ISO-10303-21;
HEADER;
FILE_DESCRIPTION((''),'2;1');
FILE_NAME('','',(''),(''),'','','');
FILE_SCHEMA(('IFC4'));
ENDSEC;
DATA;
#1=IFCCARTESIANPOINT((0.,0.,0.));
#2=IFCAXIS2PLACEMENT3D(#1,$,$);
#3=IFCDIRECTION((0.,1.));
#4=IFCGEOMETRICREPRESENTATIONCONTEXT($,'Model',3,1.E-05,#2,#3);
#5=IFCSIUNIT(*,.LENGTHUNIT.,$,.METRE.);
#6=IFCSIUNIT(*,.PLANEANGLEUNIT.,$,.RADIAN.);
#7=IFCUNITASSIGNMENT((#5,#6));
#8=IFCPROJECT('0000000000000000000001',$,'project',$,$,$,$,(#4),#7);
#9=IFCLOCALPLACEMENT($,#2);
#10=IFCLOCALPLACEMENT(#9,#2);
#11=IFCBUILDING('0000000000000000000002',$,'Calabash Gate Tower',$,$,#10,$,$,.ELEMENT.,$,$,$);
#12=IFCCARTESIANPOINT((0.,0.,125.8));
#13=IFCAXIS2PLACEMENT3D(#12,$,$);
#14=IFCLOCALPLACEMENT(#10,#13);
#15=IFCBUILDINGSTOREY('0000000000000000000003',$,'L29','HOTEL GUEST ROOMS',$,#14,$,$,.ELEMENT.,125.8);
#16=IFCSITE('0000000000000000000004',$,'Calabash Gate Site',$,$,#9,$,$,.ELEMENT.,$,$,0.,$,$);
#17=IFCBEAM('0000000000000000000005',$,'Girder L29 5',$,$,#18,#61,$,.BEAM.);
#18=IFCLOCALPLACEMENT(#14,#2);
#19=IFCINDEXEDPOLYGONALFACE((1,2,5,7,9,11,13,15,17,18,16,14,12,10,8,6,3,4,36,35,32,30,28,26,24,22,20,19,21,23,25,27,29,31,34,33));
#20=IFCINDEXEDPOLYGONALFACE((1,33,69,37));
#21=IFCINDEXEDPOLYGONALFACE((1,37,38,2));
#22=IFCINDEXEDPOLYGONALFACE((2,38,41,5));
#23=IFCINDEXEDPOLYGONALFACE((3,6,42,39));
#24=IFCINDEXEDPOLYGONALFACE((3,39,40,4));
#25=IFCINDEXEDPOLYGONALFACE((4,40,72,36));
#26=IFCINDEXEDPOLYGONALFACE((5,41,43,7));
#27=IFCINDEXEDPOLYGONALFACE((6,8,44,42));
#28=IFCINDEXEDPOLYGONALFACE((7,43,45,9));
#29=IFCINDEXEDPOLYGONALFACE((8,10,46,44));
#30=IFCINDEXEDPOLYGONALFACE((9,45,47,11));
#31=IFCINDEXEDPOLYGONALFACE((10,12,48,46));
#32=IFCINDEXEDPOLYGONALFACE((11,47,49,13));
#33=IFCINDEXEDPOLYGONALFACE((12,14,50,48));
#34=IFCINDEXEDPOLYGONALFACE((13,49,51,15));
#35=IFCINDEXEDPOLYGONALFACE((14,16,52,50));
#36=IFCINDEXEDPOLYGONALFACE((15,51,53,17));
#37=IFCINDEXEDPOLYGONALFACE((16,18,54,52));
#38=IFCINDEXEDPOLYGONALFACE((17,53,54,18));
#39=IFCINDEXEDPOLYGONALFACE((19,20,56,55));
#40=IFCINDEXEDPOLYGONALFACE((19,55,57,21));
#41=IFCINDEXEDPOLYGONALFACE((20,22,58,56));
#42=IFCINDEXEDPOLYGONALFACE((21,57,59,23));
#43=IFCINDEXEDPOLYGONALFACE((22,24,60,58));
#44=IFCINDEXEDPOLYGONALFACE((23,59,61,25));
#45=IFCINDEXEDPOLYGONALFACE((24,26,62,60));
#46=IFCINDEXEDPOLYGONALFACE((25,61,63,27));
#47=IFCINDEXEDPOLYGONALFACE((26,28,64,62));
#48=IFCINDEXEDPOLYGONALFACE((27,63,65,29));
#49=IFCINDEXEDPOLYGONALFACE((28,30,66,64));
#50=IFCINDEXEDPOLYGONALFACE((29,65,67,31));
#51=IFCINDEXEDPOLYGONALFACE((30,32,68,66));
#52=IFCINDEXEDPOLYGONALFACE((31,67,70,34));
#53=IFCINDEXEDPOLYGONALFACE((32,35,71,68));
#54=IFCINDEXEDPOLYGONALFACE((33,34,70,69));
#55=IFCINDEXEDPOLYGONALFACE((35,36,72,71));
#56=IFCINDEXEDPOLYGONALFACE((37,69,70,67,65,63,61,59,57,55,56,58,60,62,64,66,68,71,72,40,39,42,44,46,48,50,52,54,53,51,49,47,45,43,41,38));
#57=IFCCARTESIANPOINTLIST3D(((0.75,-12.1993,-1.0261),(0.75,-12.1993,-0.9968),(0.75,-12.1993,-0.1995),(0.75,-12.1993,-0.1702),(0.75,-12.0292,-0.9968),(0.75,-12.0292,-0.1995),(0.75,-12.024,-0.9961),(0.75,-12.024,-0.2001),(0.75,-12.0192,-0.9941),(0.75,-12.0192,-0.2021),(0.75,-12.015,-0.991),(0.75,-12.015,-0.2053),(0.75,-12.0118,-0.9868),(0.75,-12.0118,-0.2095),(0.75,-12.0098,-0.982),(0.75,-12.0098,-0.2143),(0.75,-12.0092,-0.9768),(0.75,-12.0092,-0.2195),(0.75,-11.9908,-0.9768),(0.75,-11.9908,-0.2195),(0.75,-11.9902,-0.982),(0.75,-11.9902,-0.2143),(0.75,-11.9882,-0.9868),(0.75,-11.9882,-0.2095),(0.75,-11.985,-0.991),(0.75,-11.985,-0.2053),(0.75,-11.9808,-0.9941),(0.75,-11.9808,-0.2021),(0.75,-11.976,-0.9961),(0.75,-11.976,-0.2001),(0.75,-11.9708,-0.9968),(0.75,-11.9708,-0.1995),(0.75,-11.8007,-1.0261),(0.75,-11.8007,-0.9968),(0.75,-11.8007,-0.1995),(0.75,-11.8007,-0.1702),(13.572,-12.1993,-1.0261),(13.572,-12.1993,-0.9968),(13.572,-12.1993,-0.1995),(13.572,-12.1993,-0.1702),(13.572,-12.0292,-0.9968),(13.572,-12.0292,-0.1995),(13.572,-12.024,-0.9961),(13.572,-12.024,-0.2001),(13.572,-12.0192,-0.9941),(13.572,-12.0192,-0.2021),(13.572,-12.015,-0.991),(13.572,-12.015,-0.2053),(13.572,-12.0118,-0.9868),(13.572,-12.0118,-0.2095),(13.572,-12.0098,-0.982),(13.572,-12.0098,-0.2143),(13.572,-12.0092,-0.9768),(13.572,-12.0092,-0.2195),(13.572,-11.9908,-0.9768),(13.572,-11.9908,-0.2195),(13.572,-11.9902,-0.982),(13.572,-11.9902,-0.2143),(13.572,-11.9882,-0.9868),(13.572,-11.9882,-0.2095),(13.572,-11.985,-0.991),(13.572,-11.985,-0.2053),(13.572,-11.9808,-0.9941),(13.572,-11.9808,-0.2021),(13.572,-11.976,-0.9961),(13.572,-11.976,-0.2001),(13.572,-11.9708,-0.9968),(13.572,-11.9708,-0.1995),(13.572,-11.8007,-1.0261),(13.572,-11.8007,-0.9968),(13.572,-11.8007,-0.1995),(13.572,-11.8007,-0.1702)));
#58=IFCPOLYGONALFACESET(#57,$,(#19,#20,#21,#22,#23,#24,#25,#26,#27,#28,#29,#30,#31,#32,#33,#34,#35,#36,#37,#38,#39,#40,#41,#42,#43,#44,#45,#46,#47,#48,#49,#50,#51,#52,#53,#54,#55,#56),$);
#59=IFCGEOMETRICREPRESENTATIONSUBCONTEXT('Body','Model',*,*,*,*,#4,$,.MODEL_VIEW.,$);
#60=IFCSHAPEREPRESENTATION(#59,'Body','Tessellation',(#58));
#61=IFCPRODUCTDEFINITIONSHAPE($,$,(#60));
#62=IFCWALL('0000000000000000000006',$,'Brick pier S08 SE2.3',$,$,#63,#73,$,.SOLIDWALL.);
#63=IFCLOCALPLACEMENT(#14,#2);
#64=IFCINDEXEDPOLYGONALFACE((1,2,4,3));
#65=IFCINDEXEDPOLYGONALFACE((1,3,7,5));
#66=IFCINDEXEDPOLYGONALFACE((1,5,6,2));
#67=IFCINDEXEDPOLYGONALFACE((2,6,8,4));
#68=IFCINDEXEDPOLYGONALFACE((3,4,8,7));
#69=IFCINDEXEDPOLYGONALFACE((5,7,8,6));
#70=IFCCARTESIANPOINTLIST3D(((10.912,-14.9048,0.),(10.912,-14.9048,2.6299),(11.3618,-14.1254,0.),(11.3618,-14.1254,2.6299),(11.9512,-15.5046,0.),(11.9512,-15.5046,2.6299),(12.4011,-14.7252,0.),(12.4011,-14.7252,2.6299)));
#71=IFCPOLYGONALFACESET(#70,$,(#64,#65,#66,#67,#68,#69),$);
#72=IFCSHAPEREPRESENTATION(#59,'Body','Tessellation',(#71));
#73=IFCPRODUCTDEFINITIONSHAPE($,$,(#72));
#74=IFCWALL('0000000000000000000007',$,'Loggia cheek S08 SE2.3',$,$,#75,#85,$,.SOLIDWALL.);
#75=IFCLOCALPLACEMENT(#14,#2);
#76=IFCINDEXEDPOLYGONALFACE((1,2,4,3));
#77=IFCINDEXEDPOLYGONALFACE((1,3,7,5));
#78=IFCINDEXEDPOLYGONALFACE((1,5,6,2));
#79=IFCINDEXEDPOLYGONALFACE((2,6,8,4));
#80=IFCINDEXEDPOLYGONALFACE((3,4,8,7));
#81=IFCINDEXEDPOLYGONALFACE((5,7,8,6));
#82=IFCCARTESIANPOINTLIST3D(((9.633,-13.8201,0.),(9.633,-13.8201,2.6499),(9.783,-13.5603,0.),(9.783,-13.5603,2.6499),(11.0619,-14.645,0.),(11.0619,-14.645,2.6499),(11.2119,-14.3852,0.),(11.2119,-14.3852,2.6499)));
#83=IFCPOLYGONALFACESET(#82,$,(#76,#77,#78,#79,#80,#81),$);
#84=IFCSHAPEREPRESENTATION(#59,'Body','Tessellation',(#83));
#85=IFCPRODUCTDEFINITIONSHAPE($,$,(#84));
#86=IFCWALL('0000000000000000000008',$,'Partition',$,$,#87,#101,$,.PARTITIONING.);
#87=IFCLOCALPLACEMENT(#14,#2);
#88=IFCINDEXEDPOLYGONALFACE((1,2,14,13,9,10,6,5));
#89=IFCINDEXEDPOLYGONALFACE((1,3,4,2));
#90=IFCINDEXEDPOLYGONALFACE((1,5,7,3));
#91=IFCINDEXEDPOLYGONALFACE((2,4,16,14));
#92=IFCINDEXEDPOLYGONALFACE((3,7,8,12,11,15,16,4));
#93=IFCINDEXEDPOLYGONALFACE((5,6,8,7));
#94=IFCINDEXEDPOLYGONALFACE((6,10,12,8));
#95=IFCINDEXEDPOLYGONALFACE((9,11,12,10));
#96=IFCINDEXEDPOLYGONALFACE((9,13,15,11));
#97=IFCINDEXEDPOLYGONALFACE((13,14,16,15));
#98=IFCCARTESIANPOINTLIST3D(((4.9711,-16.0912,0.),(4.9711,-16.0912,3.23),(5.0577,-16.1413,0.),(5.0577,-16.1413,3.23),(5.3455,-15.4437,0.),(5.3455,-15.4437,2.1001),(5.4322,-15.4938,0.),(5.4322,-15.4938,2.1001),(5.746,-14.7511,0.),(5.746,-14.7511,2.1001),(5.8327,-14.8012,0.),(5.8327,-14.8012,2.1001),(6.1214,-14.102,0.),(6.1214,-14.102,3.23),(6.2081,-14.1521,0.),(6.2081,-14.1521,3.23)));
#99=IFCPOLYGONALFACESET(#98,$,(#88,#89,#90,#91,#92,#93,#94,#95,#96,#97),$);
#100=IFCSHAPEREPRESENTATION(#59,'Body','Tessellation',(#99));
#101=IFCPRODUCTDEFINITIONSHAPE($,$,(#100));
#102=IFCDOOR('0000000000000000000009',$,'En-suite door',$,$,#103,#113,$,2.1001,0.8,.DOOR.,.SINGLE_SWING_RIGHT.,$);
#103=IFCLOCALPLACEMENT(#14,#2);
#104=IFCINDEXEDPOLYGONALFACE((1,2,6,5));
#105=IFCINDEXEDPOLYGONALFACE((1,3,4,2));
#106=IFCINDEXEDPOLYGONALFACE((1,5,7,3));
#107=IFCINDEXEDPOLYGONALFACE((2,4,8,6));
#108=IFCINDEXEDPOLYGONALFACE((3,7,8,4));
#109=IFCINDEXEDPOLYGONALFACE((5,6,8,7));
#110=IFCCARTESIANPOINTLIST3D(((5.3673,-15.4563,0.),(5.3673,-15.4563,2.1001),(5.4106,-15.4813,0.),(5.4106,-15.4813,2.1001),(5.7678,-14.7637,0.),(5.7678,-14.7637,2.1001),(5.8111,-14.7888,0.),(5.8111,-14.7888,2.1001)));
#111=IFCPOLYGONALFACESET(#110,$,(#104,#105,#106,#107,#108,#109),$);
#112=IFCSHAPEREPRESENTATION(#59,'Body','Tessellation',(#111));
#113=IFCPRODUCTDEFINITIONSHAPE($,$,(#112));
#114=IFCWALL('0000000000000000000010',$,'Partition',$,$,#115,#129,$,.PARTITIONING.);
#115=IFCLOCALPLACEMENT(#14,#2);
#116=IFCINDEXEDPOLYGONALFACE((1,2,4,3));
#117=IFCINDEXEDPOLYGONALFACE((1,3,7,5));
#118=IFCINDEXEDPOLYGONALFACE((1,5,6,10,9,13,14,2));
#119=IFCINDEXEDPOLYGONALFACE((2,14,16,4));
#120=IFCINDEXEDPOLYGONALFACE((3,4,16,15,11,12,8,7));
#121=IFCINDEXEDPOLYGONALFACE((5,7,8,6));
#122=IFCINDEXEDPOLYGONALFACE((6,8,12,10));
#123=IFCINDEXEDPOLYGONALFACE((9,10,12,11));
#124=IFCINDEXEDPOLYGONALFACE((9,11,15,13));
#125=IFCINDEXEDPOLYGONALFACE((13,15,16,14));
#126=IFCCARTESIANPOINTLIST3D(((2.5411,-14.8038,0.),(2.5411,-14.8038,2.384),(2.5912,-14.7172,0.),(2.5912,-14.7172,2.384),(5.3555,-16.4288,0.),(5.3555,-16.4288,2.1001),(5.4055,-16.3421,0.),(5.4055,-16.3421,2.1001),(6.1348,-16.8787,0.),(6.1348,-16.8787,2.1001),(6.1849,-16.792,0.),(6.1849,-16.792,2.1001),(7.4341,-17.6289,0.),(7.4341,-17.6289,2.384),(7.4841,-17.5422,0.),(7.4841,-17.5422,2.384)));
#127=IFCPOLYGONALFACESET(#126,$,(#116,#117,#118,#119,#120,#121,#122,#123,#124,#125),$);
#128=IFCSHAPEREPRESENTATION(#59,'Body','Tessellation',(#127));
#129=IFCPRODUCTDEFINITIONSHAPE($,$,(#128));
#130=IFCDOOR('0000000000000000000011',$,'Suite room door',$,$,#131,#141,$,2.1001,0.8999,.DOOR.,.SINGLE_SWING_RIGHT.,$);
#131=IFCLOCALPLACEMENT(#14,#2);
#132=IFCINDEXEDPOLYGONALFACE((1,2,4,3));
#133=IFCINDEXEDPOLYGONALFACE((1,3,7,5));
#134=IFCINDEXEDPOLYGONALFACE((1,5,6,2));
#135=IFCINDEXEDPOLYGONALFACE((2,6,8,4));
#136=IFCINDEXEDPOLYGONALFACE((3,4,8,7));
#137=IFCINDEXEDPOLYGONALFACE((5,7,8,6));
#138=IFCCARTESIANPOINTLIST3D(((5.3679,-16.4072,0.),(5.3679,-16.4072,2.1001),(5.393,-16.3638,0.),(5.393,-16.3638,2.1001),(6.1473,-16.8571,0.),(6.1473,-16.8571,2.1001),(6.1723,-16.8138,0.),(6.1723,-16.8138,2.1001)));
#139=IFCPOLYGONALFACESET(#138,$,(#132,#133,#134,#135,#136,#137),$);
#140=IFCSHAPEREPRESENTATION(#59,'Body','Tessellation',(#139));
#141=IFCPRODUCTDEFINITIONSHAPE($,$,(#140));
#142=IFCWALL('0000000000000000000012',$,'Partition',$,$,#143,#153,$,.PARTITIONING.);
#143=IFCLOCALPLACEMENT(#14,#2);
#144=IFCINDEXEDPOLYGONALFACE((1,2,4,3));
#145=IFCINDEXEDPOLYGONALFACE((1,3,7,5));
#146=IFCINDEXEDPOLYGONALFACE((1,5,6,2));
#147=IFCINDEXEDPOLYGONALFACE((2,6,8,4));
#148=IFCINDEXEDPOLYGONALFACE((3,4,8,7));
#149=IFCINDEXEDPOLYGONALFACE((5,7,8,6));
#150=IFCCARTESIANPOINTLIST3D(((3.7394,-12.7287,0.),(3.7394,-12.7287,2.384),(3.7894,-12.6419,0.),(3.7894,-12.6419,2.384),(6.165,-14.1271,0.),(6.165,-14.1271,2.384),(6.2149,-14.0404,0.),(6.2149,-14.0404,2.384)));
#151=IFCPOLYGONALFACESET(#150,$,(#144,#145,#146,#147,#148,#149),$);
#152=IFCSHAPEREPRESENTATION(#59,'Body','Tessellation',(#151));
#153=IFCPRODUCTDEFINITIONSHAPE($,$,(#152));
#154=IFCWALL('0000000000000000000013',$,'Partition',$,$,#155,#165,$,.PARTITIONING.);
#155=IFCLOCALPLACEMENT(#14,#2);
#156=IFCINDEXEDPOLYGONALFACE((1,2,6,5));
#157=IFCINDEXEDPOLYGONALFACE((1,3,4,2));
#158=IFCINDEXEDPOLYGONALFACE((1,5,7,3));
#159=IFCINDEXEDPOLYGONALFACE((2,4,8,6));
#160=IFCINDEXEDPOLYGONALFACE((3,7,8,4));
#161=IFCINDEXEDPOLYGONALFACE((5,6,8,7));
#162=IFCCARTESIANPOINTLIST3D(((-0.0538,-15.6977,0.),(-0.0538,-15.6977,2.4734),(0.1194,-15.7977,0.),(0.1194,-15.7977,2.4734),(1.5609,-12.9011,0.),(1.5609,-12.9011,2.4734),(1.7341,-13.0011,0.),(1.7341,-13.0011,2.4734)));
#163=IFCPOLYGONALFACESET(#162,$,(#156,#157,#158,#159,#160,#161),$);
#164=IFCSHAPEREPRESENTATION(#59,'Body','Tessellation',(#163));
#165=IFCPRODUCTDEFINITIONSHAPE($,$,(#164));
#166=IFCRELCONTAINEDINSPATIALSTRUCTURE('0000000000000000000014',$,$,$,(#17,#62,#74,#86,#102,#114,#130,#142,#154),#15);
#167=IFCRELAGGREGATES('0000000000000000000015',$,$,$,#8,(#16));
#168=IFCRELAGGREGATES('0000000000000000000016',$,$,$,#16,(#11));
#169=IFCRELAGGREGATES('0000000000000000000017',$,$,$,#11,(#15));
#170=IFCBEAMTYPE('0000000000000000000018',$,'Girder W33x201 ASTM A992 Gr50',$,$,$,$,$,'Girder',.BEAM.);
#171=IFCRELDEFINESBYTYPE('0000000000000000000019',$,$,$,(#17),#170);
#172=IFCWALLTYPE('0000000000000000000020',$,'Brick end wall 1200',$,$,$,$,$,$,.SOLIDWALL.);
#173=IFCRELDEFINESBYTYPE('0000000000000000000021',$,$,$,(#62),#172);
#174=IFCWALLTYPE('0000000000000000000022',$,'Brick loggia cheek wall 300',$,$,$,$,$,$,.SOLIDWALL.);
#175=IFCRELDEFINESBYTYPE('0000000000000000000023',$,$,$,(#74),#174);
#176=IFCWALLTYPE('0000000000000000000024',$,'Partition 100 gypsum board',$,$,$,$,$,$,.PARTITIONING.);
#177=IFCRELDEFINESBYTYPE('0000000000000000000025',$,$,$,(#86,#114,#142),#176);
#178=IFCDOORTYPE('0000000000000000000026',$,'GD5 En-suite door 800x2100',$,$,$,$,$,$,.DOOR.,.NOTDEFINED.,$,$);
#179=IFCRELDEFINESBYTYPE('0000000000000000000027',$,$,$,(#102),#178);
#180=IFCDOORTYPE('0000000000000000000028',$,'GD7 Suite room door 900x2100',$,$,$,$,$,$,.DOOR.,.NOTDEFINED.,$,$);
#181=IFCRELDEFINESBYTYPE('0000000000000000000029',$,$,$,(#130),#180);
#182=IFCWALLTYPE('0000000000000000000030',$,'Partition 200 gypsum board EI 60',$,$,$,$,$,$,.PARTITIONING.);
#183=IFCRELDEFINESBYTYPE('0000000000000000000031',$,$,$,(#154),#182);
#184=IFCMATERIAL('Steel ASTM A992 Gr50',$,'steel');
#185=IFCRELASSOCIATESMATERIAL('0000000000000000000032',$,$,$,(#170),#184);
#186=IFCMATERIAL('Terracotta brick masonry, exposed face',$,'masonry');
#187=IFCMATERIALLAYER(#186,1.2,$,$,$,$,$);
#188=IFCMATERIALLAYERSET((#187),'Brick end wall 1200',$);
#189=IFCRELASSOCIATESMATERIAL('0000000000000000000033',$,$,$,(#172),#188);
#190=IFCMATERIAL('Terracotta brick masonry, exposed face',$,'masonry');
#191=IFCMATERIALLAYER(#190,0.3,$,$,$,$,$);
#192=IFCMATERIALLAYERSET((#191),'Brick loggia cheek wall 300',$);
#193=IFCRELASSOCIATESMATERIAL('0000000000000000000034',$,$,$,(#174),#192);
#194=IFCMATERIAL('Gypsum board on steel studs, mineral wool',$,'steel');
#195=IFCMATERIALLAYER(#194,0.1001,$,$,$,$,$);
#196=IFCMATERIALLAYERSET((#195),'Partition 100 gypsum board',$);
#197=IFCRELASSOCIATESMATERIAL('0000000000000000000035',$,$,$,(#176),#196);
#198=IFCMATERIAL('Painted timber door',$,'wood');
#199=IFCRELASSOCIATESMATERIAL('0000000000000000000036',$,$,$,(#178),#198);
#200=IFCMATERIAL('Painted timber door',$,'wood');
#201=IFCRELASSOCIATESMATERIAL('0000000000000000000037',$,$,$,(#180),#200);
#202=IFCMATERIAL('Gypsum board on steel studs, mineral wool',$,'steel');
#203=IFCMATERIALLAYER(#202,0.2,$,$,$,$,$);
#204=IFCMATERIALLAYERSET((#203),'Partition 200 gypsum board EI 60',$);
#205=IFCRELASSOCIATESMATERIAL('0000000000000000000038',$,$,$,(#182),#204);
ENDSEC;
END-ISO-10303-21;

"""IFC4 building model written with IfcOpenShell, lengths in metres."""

from ifc_helpers import new_model, si_unit, direction, frame, frame_2d, origin, origin_2d, place, context, subcontext, project, spatial, rectangle, i_section, extrude, material, layer, layer_set, material_profile, profile_set, type_object, element, fill, save


model = new_model("IFC4")

# Units and contexts
model_context = context("Model", 3, precision=1e-05, world=origin(), true_north=direction((0.0, 1.0)))
body_context = subcontext(model_context, "Body", "Model", "MODEL_VIEW")
ifc_project = project(units=[si_unit("LENGTHUNIT", "METRE"), si_unit("PLANEANGLEUNIT", "RADIAN")], contexts=[model_context])

# Site, building, storey
site_placement = place(None, origin())
site = spatial("IfcSite", under=ifc_project, at=site_placement, Name="Calabash Gate Site", CompositionType="ELEMENT", RefElevation=0.0)
building_placement = place(site_placement, origin())
building = spatial("IfcBuilding", under=site, at=building_placement, Name="Calabash Gate Tower", CompositionType="ELEMENT")
storey_placement = place(building_placement, frame((0.0, 0.0, 125.8)))
storey = spatial("IfcBuildingStorey", under=building, at=storey_placement, Name="L29", Description="HOTEL GUEST ROOMS", CompositionType="ELEMENT", Elevation=125.8)

# Beam
ifc_material_1 = material(Name="Steel ASTM A992 Gr50", Category="steel")
ifc_material_profile_1 = material_profile(ifc_material_1, i_section(OverallWidth=0.3987, OverallDepth=0.856, WebThickness=0.0183, FlangeThickness=0.0293, FilletRadius=0.02, at=origin_2d()))
ifc_profile_set_1 = profile_set([ifc_material_profile_1], Name="Steel ASTM A992 Gr50")
beam_type_1 = type_object("IfcBeamType", Name="Girder W33x201 ASTM A992 Gr50", ElementType="Girder", PredefinedType="BEAM", material=ifc_profile_set_1)
beam_1_placement = place(storey_placement, frame((0.75, -12.0, -0.5981), z_axis=(1.0, 0.0, 0.0), x_axis=(0.0, 1.0, 0.0)))
element("IfcBeam", 1, at=beam_1_placement, inside=storey, type_object=beam_type_1, Name="Girder L29 5", PredefinedType="BEAM", context=body_context, shape_type="SweptSolid", body=[
    extrude(i_section(OverallWidth=0.3987, OverallDepth=0.856, WebThickness=0.0183, FlangeThickness=0.0293, FilletRadius=0.02, at=origin_2d()), origin(), (0.0, 0.0, 1.0), 12.822),
])

# Walls
ifc_material_2 = material(Name="Terracotta brick masonry, exposed face", Category="masonry")
ifc_layer_1 = layer(ifc_material_2, 1.2)
ifc_layer_set_1 = layer_set([ifc_layer_1], Name="Brick end wall 1200")
wall_type_1 = type_object("IfcWallType", Name="Brick end wall 1200", PredefinedType="SOLIDWALL", material=ifc_layer_set_1)
wall_1_placement = place(storey_placement, frame((12.1763, -15.115, 0.0), z_axis=(0.0, 0.0, 1.0), x_axis=(-0.866094, 0.499881, 0.0)))
element("IfcWall", 2, at=wall_1_placement, inside=storey, type_object=wall_type_1, Name="Brick pier S08 SE2.3", PredefinedType="SOLIDWALL", context=body_context, shape_type="SweptSolid", body=[
    extrude(rectangle(XDim=1.2, YDim=0.8999, at=frame_2d((0.6001, 0.0))), origin(), (0.0, 0.0, 1.0), 2.6299),
])
ifc_material_3 = material(Name="Terracotta brick masonry, exposed face", Category="masonry")
ifc_layer_2 = layer(ifc_material_3, 0.3)
ifc_layer_set_2 = layer_set([ifc_layer_2], Name="Brick loggia cheek wall 300")
wall_type_2 = type_object("IfcWallType", Name="Brick loggia cheek wall 300", PredefinedType="SOLIDWALL", material=ifc_layer_set_2)
wall_2_placement = place(storey_placement, frame((9.708, -13.6902, 0.0), z_axis=(0.0, 0.0, 1.0), x_axis=(0.86604, -0.499974, 0.0)))
element("IfcWall", 3, at=wall_2_placement, inside=storey, type_object=wall_type_2, Name="Loggia cheek S08 SE2.3", PredefinedType="SOLIDWALL", context=body_context, shape_type="SweptSolid", body=[
    extrude(rectangle(XDim=1.6499, YDim=0.3, at=frame_2d((0.825, 0.0))), origin(), (0.0, 0.0, 1.0), 2.6499),
])

# Walls, openings, doors
ifc_material_4 = material(Name="Gypsum board on steel studs, mineral wool", Category="steel")
ifc_layer_3 = layer(ifc_material_4, 0.1001)
ifc_layer_set_3 = layer_set([ifc_layer_3], Name="Partition 100 gypsum board")
wall_type_3 = type_object("IfcWallType", Name="Partition 100 gypsum board", PredefinedType="PARTITIONING", material=ifc_layer_set_3)
wall_3_placement = place(storey_placement, frame((5.0144, -16.1162, 0.0), z_axis=(0.0, 0.0, 1.0), x_axis=(0.500617, 0.865669, 0.0)))
wall_3 = element("IfcWall", 4, at=wall_3_placement, inside=storey, type_object=wall_type_3, Name="Partition", PredefinedType="PARTITIONING", context=body_context, shape_type="SweptSolid", body=[
    extrude(rectangle(XDim=2.2979, YDim=0.1001, at=frame_2d((1.1489, 0.0))), origin(), (0.0, 0.0, 1.0), 3.23),
])
opening_1_placement = place(wall_3_placement, frame((0.748, 0.0, 0.0)))
opening_1 = element("IfcOpeningElement", 5, at=opening_1_placement, cuts=wall_3, PredefinedType="OPENING", context=body_context, shape_type="SweptSolid", body=[
    extrude(rectangle(XDim=0.8, YDim=2.1001, at=frame_2d((0.3999, 1.05))), frame((0.0, 0.0601, 0.0), z_axis=(0.0, -1.0, 0.0), x_axis=(1.0, 0.0, 0.0)), (0.0, 0.0, 1.0), 0.1201),
])
ifc_material_5 = material(Name="Painted timber door", Category="wood")
door_type_1 = type_object("IfcDoorType", Name="GD5 En-suite door 800x2100", OperationType="NOTDEFINED", PredefinedType="DOOR", material=ifc_material_5)
door_1_placement = place(opening_1_placement, origin())
door_1 = element("IfcDoor", 6, at=door_1_placement, inside=storey, type_object=door_type_1, Name="En-suite door", OperationType="SINGLE_SWING_RIGHT", OverallHeight=2.1001, OverallWidth=0.8, PredefinedType="DOOR", context=body_context, shape_type="SweptSolid", body=[
    extrude(rectangle(XDim=0.8, YDim=2.1001, at=frame_2d((0.3999, 1.05))), frame((0.0, 0.0249, 0.0), z_axis=(0.0, -1.0, 0.0), x_axis=(1.0, 0.0, 0.0)), (0.0, 0.0, 1.0), 0.05),
])
fill(opening_1, door_1)
wall_4_placement = place(storey_placement, frame((2.5662, -14.7605, 0.0), z_axis=(0.0, 0.0, 1.0), x_axis=(0.866019, -0.50001, 0.0)))
wall_4 = element("IfcWall", 7, at=wall_4_placement, inside=storey, type_object=wall_type_3, Name="Partition", PredefinedType="PARTITIONING", context=body_context, shape_type="SweptSolid", body=[
    extrude(rectangle(XDim=5.6499, YDim=0.1001, at=frame_2d((2.825, 0.0))), origin(), (0.0, 0.0, 1.0), 2.384),
])
opening_2_placement = place(wall_4_placement, frame((3.2498, 0.0, 0.0)))
opening_2 = element("IfcOpeningElement", 8, at=opening_2_placement, cuts=wall_4, PredefinedType="OPENING", context=body_context, shape_type="SweptSolid", body=[
    extrude(rectangle(XDim=0.8999, YDim=2.1001, at=frame_2d((0.45, 1.05))), frame((0.0, 0.0601, 0.0), z_axis=(0.0, -1.0, 0.0), x_axis=(1.0, 0.0, 0.0)), (0.0, 0.0, 1.0), 0.1201),
])
ifc_material_6 = material(Name="Painted timber door", Category="wood")
door_type_2 = type_object("IfcDoorType", Name="GD7 Suite room door 900x2100", OperationType="NOTDEFINED", PredefinedType="DOOR", material=ifc_material_6)
door_2_placement = place(opening_2_placement, origin())
door_2 = element("IfcDoor", 9, at=door_2_placement, inside=storey, type_object=door_type_2, Name="Suite room door", OperationType="SINGLE_SWING_RIGHT", OverallHeight=2.1001, OverallWidth=0.8999, PredefinedType="DOOR", context=body_context, shape_type="SweptSolid", body=[
    extrude(rectangle(XDim=0.8999, YDim=2.1001, at=frame_2d((0.45, 1.05))), frame((0.0, 0.0249, 0.0), z_axis=(0.0, -1.0, 0.0), x_axis=(1.0, 0.0, 0.0)), (0.0, 0.0, 1.0), 0.05),
])
fill(opening_2, door_2)

# Walls
wall_5_placement = place(storey_placement, frame((3.7644, -12.6853, 0.0), z_axis=(0.0, 0.0, 1.0), x_axis=(0.866326, -0.499478, 0.0)))
element("IfcWall", 10, at=wall_5_placement, inside=storey, type_object=wall_type_3, Name="Partition", PredefinedType="PARTITIONING", context=body_context, shape_type="SweptSolid", body=[
    extrude(rectangle(XDim=2.7998, YDim=0.1001, at=frame_2d((1.3999, 0.0))), origin(), (0.0, 0.0, 1.0), 2.384),
])
ifc_material_7 = material(Name="Gypsum board on steel studs, mineral wool", Category="steel")
ifc_layer_4 = layer(ifc_material_7, 0.2)
ifc_layer_set_4 = layer_set([ifc_layer_4], Name="Partition 200 gypsum board EI 60")
wall_type_4 = type_object("IfcWallType", Name="Partition 200 gypsum board EI 60", PredefinedType="PARTITIONING", material=ifc_layer_set_4)
wall_6_placement = place(storey_placement, frame((0.0327, -15.7478, 0.0), z_axis=(0.0, 0.0, 1.0), x_axis=(0.500026, 0.866011, 0.0)))
element("IfcWall", 11, at=wall_6_placement, inside=storey, type_object=wall_type_4, Name="Partition", PredefinedType="PARTITIONING", context=body_context, shape_type="SweptSolid", body=[
    extrude(rectangle(XDim=3.2292, YDim=0.2, at=frame_2d((1.6147, 0.0))), origin(), (0.0, 0.0, 1.0), 2.4734),
])

save(model, "model.ifc")
